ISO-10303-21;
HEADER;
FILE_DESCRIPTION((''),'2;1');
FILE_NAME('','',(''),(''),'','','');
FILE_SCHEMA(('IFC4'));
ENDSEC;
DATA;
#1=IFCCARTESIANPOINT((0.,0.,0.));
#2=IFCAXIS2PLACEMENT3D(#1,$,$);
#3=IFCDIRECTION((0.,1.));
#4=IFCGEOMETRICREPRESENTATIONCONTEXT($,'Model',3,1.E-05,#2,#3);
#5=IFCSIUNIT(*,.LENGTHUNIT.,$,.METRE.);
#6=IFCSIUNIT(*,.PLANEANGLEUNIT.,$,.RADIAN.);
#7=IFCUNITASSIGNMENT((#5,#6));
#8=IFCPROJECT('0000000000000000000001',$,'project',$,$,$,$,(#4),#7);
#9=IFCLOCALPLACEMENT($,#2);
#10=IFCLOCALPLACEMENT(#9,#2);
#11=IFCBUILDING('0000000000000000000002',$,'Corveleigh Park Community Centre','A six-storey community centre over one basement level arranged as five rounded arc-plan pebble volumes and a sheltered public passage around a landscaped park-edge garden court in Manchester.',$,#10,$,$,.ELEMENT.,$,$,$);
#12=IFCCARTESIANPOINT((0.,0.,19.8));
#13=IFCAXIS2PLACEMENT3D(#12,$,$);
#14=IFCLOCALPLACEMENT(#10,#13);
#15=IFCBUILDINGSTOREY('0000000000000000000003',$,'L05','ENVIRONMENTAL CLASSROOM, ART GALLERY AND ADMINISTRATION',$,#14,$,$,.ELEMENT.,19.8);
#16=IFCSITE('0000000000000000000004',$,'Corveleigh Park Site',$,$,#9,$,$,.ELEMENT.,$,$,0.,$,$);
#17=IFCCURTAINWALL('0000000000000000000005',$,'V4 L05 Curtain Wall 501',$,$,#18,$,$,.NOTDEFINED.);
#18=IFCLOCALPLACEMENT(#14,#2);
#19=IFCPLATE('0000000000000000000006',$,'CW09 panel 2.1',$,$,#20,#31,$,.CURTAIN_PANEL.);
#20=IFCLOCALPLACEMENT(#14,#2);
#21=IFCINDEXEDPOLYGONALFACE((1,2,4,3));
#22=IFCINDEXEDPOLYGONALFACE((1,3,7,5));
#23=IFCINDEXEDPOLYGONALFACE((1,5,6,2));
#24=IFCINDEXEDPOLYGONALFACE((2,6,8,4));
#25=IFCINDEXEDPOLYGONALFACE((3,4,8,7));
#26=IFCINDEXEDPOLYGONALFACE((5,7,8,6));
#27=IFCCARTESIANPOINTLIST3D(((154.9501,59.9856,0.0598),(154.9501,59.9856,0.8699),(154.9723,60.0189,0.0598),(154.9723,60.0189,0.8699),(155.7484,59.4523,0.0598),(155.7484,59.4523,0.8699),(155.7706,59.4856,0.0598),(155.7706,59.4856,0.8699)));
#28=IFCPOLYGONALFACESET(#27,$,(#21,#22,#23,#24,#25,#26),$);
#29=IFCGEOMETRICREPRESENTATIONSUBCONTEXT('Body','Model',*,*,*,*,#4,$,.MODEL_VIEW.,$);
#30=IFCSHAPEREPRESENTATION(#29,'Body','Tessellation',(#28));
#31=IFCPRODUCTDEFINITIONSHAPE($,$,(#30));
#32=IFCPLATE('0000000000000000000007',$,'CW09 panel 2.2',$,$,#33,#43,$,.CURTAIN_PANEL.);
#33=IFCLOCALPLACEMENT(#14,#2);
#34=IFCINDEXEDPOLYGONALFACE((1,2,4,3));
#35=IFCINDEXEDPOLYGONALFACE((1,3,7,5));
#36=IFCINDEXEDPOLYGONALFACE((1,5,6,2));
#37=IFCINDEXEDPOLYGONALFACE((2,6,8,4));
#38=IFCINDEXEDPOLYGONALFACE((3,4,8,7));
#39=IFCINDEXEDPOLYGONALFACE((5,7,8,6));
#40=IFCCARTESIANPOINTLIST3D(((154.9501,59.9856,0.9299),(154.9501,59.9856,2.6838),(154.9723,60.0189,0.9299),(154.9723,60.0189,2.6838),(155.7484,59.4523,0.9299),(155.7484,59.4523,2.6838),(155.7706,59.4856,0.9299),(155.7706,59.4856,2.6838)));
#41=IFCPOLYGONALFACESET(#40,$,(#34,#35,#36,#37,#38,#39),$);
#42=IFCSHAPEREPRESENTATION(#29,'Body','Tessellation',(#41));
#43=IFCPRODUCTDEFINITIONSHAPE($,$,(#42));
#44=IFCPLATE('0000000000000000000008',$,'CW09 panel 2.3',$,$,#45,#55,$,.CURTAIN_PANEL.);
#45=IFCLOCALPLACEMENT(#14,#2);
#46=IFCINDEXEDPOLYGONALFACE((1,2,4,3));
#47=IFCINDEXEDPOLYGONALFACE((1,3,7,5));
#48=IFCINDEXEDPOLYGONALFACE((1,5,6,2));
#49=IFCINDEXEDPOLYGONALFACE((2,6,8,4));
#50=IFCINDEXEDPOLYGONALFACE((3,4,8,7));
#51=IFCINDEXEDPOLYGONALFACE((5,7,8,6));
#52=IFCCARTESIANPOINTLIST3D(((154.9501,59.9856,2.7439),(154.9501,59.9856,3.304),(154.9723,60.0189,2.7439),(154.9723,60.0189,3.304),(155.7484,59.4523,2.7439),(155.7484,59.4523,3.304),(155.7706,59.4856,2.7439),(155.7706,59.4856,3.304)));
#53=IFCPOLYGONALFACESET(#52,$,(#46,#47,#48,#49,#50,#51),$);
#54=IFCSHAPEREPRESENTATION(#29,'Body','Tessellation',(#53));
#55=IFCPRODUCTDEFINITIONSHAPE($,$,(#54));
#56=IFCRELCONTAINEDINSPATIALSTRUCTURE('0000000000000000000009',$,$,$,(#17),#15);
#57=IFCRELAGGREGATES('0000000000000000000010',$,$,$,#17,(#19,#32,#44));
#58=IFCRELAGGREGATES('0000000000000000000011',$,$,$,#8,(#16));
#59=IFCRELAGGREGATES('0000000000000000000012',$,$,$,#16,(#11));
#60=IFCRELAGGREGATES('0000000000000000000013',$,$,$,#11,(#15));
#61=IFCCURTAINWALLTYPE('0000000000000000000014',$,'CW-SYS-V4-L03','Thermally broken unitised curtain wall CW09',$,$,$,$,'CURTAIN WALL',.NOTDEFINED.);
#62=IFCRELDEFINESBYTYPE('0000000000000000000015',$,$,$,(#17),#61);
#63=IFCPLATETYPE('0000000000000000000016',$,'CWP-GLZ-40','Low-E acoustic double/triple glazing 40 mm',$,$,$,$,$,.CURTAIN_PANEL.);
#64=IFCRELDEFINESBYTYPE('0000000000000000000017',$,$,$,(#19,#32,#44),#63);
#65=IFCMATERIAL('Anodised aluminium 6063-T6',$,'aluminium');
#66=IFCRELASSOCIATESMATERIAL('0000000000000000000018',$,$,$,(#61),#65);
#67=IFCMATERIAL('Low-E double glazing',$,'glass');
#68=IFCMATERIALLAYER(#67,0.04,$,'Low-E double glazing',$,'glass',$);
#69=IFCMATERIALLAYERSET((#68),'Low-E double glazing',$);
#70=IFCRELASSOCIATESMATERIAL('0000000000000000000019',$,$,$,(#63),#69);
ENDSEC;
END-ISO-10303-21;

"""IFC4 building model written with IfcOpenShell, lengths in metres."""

from ifc_helpers import new_model, si_unit, direction, frame, origin, origin_2d, place, context, subcontext, project, spatial, rectangle, extrude, material, layer, layer_set, type_object, element, aggregate, save


model = new_model("IFC4")

# Units and contexts
model_context = context("Model", 3, precision=1e-05, world=origin(), true_north=direction((0.0, 1.0)))
body_context = subcontext(model_context, "Body", "Model", "MODEL_VIEW")
ifc_project = project(units=[si_unit("LENGTHUNIT", "METRE"), si_unit("PLANEANGLEUNIT", "RADIAN")], contexts=[model_context])

# Site, building, storey
site_placement = place(None, origin())
site = spatial("IfcSite", under=ifc_project, at=site_placement, Name="Corveleigh Park Site", CompositionType="ELEMENT", RefElevation=0.0)
building_placement = place(site_placement, origin())
building = spatial("IfcBuilding", under=site, at=building_placement, Name="Corveleigh Park Community Centre", Description="A six-storey community centre over one basement level arranged as five rounded arc-plan pebble volumes and a sheltered public passage around a landscaped park-edge garden court in Manchester.", CompositionType="ELEMENT")
storey_placement = place(building_placement, frame((0.0, 0.0, 19.8)))
storey = spatial("IfcBuildingStorey", under=building, at=storey_placement, Name="L05", Description="ENVIRONMENTAL CLASSROOM, ART GALLERY AND ADMINISTRATION", CompositionType="ELEMENT", Elevation=19.8)

# Shared definitions
ifc_material_1 = material(Name="Anodised aluminium 6063-T6", Category="aluminium")
curtain_wall_type = type_object("IfcCurtainWallType", Name="CW-SYS-V4-L03", Description="Thermally broken unitised curtain wall CW09", ElementType="CURTAIN WALL", PredefinedType="NOTDEFINED", material=ifc_material_1)

# Curtain wall
curtain_wall_1_placement = place(storey_placement, origin())
curtain_wall_1 = element("IfcCurtainWall", 1, at=curtain_wall_1_placement, inside=storey, type_object=curtain_wall_type, Name="V4 L05 Curtain Wall 501", PredefinedType="NOTDEFINED")

# Plates
ifc_material_2 = material(Name="Low-E double glazing", Category="glass")
ifc_layer_1 = layer(ifc_material_2, 0.04, Name="Low-E double glazing", Category="glass")
ifc_layer_set_1 = layer_set([ifc_layer_1], Name="Low-E double glazing")
plate_type_1 = type_object("IfcPlateType", Name="CWP-GLZ-40", Description="Low-E acoustic double/triple glazing 40 mm", PredefinedType="CURTAIN_PANEL", material=ifc_layer_set_1)
plate_1_placement = place(storey_placement, frame((155.3604, 59.7356, 0.0598), z_axis=(0.0, 0.0, 1.0), x_axis=(-0.831544, 0.555458, 0.0)))
plate_1 = element("IfcPlate", 2, at=plate_1_placement, type_object=plate_type_1, Name="CW09 panel 2.1", PredefinedType="CURTAIN_PANEL", context=body_context, shape_type="SweptSolid", body=[
    extrude(rectangle(XDim=0.96, YDim=0.04, at=origin_2d()), origin(), (0.0, 0.0, 1.0), 0.8101),
])
plate_2_placement = place(storey_placement, frame((155.3604, 59.7356, 0.9299), z_axis=(0.0, 0.0, 1.0), x_axis=(-0.831544, 0.555458, 0.0)))
plate_2 = element("IfcPlate", 3, at=plate_2_placement, type_object=plate_type_1, Name="CW09 panel 2.2", PredefinedType="CURTAIN_PANEL", context=body_context, shape_type="SweptSolid", body=[
    extrude(rectangle(XDim=0.96, YDim=0.04, at=origin_2d()), origin(), (0.0, 0.0, 1.0), 1.7539),
])
plate_3_placement = place(storey_placement, frame((155.3604, 59.7356, 2.7439), z_axis=(0.0, 0.0, 1.0), x_axis=(-0.831544, 0.555458, 0.0)))
plate_3 = element("IfcPlate", 4, at=plate_3_placement, type_object=plate_type_1, Name="CW09 panel 2.3", PredefinedType="CURTAIN_PANEL", context=body_context, shape_type="SweptSolid", body=[
    extrude(rectangle(XDim=0.96, YDim=0.04, at=origin_2d()), origin(), (0.0, 0.0, 1.0), 0.5601),
])
aggregate(curtain_wall_1, [plate_1, plate_2, plate_3])

save(model, "model.ifc")
